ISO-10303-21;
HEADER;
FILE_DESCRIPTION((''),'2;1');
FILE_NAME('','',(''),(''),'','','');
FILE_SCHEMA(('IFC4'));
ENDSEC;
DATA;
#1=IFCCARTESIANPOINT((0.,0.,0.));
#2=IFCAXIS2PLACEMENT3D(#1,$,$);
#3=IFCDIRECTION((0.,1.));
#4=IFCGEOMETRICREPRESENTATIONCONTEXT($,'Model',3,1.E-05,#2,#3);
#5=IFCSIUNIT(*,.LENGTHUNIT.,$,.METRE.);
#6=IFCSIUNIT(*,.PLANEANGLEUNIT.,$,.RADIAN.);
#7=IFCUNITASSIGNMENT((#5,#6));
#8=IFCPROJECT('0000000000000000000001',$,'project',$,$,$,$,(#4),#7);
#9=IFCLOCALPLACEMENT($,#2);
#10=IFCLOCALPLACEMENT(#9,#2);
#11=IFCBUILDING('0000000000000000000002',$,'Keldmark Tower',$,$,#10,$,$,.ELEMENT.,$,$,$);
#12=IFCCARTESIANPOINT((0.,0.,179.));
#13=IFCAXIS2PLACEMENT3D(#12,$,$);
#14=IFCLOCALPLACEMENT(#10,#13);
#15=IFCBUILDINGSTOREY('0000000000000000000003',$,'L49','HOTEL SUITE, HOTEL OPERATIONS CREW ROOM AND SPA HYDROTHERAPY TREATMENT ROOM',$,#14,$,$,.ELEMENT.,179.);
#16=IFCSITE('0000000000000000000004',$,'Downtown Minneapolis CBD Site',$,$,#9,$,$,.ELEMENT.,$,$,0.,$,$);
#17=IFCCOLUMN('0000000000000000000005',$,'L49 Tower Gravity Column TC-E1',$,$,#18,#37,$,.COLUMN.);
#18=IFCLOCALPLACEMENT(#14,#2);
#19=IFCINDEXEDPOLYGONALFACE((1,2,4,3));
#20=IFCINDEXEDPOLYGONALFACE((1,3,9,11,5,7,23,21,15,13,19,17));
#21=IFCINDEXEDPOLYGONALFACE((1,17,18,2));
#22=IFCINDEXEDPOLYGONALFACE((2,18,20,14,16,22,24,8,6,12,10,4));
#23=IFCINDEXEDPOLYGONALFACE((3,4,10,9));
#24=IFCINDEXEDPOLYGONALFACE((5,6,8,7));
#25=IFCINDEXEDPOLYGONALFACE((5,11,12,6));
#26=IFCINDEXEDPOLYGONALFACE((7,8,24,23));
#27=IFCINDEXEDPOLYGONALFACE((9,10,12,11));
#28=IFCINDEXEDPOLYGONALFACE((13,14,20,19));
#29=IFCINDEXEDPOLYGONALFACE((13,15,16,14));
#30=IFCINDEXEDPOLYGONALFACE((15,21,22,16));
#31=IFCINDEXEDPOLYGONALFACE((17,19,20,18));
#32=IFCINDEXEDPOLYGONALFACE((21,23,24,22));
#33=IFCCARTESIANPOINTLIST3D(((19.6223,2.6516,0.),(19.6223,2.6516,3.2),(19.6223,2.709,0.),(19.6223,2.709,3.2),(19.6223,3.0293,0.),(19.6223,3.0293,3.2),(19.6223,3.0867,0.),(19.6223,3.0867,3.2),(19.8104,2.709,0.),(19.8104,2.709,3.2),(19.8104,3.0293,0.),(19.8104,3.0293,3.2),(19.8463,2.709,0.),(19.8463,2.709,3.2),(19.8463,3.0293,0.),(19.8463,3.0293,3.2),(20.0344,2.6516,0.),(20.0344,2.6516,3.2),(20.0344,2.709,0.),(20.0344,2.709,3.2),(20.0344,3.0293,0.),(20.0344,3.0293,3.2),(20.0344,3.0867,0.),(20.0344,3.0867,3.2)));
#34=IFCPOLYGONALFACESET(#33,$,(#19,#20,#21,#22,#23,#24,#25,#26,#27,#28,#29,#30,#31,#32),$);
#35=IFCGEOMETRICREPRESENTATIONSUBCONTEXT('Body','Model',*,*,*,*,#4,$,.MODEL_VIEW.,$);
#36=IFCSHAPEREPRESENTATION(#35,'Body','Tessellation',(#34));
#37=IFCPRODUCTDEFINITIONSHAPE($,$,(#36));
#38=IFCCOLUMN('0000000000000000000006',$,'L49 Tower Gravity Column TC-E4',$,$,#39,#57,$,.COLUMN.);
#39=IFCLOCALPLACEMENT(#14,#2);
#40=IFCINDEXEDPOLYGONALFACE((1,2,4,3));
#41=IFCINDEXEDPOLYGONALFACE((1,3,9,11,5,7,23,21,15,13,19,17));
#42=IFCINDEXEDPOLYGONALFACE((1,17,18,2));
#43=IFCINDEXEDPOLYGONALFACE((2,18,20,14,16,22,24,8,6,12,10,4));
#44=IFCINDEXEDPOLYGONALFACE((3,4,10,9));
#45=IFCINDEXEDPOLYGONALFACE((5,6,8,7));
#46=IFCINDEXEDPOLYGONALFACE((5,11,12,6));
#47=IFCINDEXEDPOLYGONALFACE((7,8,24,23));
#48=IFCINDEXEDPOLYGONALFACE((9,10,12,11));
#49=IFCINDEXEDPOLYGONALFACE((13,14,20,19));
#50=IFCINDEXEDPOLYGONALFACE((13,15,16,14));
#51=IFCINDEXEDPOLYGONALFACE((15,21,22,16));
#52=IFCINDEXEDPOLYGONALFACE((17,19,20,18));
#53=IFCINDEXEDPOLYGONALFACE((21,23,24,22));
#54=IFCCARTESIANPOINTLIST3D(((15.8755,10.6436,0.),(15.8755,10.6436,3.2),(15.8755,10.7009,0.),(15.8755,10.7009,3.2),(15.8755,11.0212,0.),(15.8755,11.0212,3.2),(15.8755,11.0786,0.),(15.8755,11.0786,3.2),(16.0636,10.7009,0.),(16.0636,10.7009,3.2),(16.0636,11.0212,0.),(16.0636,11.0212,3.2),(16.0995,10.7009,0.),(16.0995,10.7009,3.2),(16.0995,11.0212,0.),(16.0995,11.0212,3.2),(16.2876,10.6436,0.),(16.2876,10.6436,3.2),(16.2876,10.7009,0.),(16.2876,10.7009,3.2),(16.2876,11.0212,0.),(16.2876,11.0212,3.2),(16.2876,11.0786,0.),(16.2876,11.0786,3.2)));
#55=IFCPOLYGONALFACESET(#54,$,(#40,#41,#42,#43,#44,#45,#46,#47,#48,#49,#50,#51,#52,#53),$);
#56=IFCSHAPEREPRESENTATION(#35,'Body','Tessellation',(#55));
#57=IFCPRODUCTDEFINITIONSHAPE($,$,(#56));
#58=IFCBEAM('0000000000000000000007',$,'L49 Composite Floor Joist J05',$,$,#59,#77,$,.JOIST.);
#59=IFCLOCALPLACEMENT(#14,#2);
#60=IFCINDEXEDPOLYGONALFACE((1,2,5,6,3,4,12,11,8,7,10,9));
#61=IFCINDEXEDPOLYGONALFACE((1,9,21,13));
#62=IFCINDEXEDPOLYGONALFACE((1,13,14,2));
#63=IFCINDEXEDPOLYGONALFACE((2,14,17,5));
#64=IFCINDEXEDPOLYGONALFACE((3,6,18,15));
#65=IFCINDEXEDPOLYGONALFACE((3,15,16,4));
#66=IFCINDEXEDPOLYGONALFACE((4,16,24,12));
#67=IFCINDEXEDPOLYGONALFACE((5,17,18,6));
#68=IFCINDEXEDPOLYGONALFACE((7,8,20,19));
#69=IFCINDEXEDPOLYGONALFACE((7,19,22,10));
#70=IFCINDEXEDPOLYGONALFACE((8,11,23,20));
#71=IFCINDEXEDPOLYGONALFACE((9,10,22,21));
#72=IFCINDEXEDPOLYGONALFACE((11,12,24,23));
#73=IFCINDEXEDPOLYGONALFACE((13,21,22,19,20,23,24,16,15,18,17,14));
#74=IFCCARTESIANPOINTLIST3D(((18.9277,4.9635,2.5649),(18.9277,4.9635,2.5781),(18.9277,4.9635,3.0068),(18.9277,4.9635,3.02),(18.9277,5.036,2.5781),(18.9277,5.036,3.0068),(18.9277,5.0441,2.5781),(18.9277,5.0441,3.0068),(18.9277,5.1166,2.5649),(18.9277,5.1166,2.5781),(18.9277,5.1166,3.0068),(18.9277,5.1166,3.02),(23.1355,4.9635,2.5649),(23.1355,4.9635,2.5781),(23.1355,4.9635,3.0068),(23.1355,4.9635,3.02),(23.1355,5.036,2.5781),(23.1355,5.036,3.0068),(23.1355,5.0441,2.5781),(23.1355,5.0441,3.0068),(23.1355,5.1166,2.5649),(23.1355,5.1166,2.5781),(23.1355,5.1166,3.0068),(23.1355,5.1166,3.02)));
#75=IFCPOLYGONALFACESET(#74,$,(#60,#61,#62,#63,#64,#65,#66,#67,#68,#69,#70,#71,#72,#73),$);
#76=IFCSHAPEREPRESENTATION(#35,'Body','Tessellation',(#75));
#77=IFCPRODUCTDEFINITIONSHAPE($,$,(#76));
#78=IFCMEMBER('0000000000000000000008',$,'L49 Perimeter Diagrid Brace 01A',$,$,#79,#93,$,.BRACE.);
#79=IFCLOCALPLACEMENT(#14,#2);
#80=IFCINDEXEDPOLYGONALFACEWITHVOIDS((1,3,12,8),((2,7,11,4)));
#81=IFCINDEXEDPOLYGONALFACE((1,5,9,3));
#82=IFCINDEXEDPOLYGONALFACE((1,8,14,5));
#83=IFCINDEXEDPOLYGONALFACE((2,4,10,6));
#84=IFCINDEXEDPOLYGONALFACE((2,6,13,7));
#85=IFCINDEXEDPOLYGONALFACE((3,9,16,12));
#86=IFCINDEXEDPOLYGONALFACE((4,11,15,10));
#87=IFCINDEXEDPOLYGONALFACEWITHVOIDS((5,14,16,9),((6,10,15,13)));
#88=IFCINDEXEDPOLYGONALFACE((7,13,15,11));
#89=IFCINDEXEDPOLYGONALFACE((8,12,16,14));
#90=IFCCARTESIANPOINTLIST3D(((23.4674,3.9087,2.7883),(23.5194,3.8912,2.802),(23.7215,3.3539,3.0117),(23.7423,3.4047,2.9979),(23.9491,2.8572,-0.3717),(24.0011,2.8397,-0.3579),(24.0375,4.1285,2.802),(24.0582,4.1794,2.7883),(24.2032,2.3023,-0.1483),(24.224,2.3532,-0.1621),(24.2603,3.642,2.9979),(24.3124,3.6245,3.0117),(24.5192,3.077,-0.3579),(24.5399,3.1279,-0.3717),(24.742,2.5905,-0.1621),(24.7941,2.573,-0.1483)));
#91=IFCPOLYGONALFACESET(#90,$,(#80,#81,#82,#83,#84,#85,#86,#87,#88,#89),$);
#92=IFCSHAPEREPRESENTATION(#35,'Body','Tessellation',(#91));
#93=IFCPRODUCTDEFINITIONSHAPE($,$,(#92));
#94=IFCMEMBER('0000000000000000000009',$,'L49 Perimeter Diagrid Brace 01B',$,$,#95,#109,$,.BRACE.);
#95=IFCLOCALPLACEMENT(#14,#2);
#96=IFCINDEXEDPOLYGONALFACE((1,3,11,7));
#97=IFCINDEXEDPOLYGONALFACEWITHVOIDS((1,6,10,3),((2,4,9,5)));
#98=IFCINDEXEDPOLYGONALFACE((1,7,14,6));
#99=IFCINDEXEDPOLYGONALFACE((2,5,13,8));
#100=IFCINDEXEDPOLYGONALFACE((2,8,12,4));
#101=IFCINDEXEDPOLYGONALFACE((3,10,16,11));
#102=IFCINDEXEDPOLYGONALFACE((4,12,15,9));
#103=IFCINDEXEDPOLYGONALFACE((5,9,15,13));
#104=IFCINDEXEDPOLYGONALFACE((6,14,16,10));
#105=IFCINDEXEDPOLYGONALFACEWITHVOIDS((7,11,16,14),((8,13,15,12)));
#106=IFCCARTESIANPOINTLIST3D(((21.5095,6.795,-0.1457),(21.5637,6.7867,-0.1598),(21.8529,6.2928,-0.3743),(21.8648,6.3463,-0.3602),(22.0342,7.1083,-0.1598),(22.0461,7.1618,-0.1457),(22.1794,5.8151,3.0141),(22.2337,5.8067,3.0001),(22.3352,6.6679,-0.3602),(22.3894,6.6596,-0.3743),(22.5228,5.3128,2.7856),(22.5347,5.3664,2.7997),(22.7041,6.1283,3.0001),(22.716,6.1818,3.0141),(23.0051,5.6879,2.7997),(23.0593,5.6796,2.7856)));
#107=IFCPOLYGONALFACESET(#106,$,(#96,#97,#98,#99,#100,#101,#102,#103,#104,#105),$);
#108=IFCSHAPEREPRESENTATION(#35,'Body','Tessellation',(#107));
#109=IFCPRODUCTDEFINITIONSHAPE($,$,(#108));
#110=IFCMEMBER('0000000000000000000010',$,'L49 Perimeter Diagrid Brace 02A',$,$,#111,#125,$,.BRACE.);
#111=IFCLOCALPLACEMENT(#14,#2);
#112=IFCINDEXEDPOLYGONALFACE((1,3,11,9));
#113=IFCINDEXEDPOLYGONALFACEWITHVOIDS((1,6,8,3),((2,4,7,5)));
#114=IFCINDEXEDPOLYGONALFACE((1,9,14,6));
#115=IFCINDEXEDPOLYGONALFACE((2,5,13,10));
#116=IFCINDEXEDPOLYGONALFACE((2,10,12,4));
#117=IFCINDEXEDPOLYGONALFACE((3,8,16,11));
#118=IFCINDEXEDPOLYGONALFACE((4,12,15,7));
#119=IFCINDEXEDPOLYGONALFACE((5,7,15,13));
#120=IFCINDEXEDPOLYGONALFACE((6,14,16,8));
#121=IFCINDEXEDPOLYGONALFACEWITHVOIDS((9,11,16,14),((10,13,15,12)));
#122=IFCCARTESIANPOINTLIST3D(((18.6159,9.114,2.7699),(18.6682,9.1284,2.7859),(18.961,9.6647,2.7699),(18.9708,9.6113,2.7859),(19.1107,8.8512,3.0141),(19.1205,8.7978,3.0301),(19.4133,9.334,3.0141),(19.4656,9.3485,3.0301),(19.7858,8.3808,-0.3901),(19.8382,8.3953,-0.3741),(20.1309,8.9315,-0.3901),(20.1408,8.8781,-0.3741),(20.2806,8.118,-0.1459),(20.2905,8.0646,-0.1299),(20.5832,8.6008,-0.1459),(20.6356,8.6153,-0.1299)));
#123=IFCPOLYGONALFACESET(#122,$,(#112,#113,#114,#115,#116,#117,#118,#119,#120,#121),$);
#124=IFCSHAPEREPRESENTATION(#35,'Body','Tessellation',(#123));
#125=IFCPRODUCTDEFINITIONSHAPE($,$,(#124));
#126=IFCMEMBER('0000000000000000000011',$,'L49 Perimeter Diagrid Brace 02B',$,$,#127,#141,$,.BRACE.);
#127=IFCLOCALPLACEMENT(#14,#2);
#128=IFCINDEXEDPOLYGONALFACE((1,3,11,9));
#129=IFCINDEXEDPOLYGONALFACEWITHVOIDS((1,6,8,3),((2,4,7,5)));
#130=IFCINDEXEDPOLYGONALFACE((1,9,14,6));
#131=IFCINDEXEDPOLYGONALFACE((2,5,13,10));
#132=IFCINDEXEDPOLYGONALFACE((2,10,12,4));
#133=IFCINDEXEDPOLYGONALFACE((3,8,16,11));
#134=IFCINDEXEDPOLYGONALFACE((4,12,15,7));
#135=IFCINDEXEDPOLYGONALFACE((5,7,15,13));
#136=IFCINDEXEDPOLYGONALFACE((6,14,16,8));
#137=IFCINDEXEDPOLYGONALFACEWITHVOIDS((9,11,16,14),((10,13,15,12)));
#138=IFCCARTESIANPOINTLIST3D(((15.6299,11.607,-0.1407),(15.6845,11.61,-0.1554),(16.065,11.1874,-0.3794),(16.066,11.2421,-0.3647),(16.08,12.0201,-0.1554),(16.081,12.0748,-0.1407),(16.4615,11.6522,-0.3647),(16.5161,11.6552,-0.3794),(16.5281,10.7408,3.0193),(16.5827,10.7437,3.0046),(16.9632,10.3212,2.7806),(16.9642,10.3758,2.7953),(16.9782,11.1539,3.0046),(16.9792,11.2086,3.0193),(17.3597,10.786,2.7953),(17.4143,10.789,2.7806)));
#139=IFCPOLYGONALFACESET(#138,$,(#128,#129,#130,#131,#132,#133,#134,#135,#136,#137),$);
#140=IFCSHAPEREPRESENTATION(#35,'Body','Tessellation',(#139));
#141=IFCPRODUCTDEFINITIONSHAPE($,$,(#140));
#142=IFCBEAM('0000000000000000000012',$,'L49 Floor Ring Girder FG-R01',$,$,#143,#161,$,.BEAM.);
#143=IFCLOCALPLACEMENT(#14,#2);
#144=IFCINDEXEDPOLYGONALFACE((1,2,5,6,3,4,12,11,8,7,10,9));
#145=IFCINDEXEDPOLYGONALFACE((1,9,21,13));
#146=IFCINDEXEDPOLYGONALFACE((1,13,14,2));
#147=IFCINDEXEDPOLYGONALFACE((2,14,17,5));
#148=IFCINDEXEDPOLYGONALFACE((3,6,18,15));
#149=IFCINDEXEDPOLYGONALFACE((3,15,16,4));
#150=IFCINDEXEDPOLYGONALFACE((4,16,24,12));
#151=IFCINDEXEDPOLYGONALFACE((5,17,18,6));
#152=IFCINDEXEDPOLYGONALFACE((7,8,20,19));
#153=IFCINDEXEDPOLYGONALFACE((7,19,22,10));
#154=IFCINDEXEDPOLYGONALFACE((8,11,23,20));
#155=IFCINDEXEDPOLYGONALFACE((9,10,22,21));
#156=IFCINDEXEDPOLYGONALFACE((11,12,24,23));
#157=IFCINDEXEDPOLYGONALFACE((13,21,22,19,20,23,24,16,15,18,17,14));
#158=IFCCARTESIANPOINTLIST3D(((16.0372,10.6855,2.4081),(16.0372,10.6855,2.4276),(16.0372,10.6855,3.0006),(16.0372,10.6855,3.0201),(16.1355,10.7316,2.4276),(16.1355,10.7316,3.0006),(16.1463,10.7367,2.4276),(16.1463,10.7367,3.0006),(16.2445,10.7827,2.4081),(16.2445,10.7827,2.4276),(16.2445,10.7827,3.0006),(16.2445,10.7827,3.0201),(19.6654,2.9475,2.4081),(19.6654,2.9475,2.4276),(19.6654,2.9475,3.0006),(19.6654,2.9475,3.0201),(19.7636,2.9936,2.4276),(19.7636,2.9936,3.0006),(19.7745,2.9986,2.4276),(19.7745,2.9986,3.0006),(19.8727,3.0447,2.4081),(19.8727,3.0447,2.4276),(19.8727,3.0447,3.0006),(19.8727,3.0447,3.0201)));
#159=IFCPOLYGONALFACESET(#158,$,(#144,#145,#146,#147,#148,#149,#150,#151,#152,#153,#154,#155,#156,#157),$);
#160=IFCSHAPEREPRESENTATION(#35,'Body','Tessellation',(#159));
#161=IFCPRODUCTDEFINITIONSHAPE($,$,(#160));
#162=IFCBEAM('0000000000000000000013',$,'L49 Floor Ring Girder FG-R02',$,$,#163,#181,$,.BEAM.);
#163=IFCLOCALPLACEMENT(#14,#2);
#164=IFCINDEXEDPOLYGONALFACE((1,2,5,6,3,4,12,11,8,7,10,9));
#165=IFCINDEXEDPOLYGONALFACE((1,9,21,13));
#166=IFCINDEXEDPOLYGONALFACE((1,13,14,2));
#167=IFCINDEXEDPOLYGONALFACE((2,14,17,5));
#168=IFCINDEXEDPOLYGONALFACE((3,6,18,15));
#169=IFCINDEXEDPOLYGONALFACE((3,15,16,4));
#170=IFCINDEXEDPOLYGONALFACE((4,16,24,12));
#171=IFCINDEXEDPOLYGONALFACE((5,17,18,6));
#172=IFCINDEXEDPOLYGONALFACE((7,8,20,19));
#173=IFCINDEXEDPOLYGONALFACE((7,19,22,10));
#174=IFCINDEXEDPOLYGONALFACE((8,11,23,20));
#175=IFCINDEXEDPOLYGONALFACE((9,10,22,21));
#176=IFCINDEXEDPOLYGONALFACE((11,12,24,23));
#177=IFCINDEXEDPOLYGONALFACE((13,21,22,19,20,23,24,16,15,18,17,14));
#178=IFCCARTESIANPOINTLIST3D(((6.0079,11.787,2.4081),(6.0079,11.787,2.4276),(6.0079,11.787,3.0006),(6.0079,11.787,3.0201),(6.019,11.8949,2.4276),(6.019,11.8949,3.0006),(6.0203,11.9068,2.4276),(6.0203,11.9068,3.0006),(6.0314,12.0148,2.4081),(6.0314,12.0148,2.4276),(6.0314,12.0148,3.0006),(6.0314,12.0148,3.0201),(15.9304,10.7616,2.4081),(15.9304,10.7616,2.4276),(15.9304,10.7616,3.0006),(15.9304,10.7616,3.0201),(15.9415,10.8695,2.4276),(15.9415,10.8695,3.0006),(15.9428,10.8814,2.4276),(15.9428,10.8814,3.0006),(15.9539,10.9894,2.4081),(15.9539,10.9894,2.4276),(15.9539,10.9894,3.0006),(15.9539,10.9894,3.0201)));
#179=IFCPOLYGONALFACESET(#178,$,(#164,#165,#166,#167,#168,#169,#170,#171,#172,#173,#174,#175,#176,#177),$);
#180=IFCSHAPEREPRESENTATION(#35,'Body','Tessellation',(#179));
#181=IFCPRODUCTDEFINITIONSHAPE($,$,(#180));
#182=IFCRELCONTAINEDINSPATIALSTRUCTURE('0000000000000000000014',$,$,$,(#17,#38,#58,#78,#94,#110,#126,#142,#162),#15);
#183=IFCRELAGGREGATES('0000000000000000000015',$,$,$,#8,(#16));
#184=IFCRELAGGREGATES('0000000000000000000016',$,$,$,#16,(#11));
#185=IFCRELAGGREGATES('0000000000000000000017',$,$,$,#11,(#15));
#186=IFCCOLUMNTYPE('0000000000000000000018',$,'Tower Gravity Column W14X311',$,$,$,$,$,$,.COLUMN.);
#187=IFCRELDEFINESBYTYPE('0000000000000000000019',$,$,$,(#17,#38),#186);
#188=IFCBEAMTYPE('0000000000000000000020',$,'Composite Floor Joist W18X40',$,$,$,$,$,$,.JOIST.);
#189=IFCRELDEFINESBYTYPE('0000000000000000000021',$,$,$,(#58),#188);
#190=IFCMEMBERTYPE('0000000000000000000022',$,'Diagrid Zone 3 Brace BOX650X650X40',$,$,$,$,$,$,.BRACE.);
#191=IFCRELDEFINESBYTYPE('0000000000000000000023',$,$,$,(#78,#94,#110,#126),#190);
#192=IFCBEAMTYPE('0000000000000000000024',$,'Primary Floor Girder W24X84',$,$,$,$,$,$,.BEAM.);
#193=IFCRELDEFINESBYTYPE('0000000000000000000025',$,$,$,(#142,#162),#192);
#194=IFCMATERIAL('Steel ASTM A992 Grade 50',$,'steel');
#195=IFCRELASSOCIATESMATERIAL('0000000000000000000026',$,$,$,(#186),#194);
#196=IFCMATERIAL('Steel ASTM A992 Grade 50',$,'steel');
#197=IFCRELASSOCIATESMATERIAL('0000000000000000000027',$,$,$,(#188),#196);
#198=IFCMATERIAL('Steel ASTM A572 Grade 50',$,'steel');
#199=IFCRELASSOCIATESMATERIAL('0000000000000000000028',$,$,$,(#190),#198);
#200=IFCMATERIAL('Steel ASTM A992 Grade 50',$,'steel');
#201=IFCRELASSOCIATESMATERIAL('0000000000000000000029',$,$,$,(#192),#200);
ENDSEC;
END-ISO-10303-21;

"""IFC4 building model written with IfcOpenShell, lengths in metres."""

from ifc_helpers import new_model, si_unit, direction, frame, origin, origin_2d, place, context, subcontext, project, spatial, hollow_rectangle, i_section, extrude, material, material_profile, profile_set, type_object, element, save


model = new_model("IFC4")

# Units and contexts
model_context = context("Model", 3, precision=1e-05, world=origin(), true_north=direction((0.0, 1.0)))
body_context = subcontext(model_context, "Body", "Model", "MODEL_VIEW")
ifc_project = project(units=[si_unit("LENGTHUNIT", "METRE"), si_unit("PLANEANGLEUNIT", "RADIAN")], contexts=[model_context])

# Site, building, storey
site_placement = place(None, origin())
site = spatial("IfcSite", under=ifc_project, at=site_placement, Name="Downtown Minneapolis CBD Site", CompositionType="ELEMENT", RefElevation=0.0)
building_placement = place(site_placement, origin())
building = spatial("IfcBuilding", under=site, at=building_placement, Name="Keldmark Tower", CompositionType="ELEMENT")
storey_placement = place(building_placement, frame((0.0, 0.0, 179.0)))
storey = spatial("IfcBuildingStorey", under=building, at=storey_placement, Name="L49", Description="HOTEL SUITE, HOTEL OPERATIONS CREW ROOM AND SPA HYDROTHERAPY TREATMENT ROOM", CompositionType="ELEMENT", Elevation=179.0)

# Columns
ifc_material_1 = material(Name="Steel ASTM A992 Grade 50", Category="steel")
ifc_material_profile_1 = material_profile(ifc_material_1, i_section(OverallWidth=0.4121, OverallDepth=0.4351, WebThickness=0.0359, FlangeThickness=0.0574, at=origin_2d()), Name="W14X311")
ifc_profile_set_1 = profile_set([ifc_material_profile_1], Name="Steel ASTM A992 Grade 50")
column_type = type_object("IfcColumnType", Name="Tower Gravity Column W14X311", PredefinedType="COLUMN", material=ifc_profile_set_1)
for number, where, z_axis, x_axis, name in (
    (1, (19.8284, 2.8691, 0.0), (0.0, 0.0, 1.0), (1.0, 0.0, 0.0), "L49 Tower Gravity Column TC-E1"),
    (2, (16.0815, 10.8611, 0.0), (0.0, 0.0, 1.0), (1.0, 0.0, 0.0), "L49 Tower Gravity Column TC-E4"),
):
    element("IfcColumn", number, at=place(storey_placement, frame(where, z_axis=z_axis, x_axis=x_axis)), inside=storey, type_object=column_type, Name=name, PredefinedType="COLUMN", context=body_context, shape_type="SweptSolid", body=[
        extrude(i_section(OverallWidth=0.4121, OverallDepth=0.4351, WebThickness=0.0359, FlangeThickness=0.0574, at=origin_2d()), origin(), (0.0, 0.0, 1.0), 3.2),
    ])

# Beam
ifc_material_2 = material(Name="Steel ASTM A992 Grade 50", Category="steel")
ifc_material_profile_2 = material_profile(ifc_material_2, i_section(OverallWidth=0.1531, OverallDepth=0.4551, WebThickness=0.0081, FlangeThickness=0.0132, at=origin_2d()), Name="W18X40")
ifc_profile_set_2 = profile_set([ifc_material_profile_2], Name="Steel ASTM A992 Grade 50")
beam_type_1 = type_object("IfcBeamType", Name="Composite Floor Joist W18X40", PredefinedType="JOIST", material=ifc_profile_set_2)
beam_1_placement = place(storey_placement, frame((18.9277, 5.04, 2.7925), z_axis=(1.0, 0.0, 0.0), x_axis=(0.0, 1.0, 0.0)))
element("IfcBeam", 3, at=beam_1_placement, inside=storey, type_object=beam_type_1, Name="L49 Composite Floor Joist J05", PredefinedType="JOIST", context=body_context, shape_type="SweptSolid", body=[
    extrude(i_section(OverallWidth=0.1531, OverallDepth=0.4551, WebThickness=0.0081, FlangeThickness=0.0132, at=origin_2d()), origin(), (0.0, 0.0, 1.0), 4.2078),
])

# Members
ifc_material_3 = material(Name="Steel ASTM A572 Grade 50", Category="steel")
ifc_material_profile_3 = material_profile(ifc_material_3, hollow_rectangle(XDim=0.6499, YDim=0.6499, WallThickness=0.04, at=origin_2d()), Name="BOX650X650X40")
ifc_profile_set_3 = profile_set([ifc_material_profile_3], Name="Steel ASTM A572 Grade 50")
member_type = type_object("IfcMemberType", Name="Diagrid Zone 3 Brace BOX650X650X40", PredefinedType="BRACE", material=ifc_profile_set_3)
member_1_placement = place(storey_placement, frame((24.3716, 2.7151, -0.26), z_axis=(-0.14315, 0.312492, 0.939072), x_axis=(-0.909148, -0.416473, 0.0)))
element("IfcMember", 4, at=member_1_placement, inside=storey, type_object=member_type, Name="L49 Perimeter Diagrid Brace 01A", PredefinedType="BRACE", context=body_context, shape_type="SweptSolid", body=[
    extrude(hollow_rectangle(XDim=0.6499, YDim=0.6499, WallThickness=0.04, at=origin_2d()), origin(), (0.0, 0.0, 1.0), 3.365),
])
member_2_placement = place(storey_placement, frame((21.9495, 6.7273, -0.26), z_axis=(0.198464, -0.290319, 0.936123), x_axis=(0.825539, 0.564345, 0.0)))
element("IfcMember", 5, at=member_2_placement, inside=storey, type_object=member_type, Name="L49 Perimeter Diagrid Brace 01B", PredefinedType="BRACE", context=body_context, shape_type="SweptSolid", body=[
    extrude(hollow_rectangle(XDim=0.6499, YDim=0.6499, WallThickness=0.04, at=origin_2d()), origin(), (0.0, 0.0, 1.0), 3.3755),
])
member_3_placement = place(storey_placement, frame((20.2107, 8.498, -0.26), z_axis=(-0.339268, 0.212609, 0.916349), x_axis=(-0.531016, -0.847362, 0.0)))
element("IfcMember", 6, at=member_3_placement, inside=storey, type_object=member_type, Name="L49 Perimeter Diagrid Brace 02A", PredefinedType="BRACE", context=body_context, shape_type="SweptSolid", body=[
    extrude(hollow_rectangle(XDim=0.6499, YDim=0.6499, WallThickness=0.04, at=origin_2d()), origin(), (0.0, 0.0, 1.0), 3.4485),
])
member_4_placement = place(storey_placement, frame((16.073, 11.6311, -0.26), z_axis=(0.264379, -0.254965, 0.930106), x_axis=(0.694175, 0.719806, 0.0)))
element("IfcMember", 7, at=member_4_placement, inside=storey, type_object=member_type, Name="L49 Perimeter Diagrid Brace 02B", PredefinedType="BRACE", context=body_context, shape_type="SweptSolid", body=[
    extrude(hollow_rectangle(XDim=0.6499, YDim=0.6499, WallThickness=0.04, at=origin_2d()), origin(), (0.0, 0.0, 1.0), 3.3975),
])

# Beams
ifc_material_4 = material(Name="Steel ASTM A992 Grade 50", Category="steel")
ifc_material_profile_4 = material_profile(ifc_material_4, i_section(OverallWidth=0.229, OverallDepth=0.6121, WebThickness=0.012, FlangeThickness=0.0195, at=origin_2d()), Name="W24X84")
ifc_profile_set_4 = profile_set([ifc_material_profile_4], Name="Steel ASTM A992 Grade 50")
beam_type_2 = type_object("IfcBeamType", Name="Primary Floor Girder W24X84", PredefinedType="BEAM", material=ifc_profile_set_4)
beam_2_placement = place(storey_placement, frame((19.769, 2.9961, 2.7141), z_axis=(-0.424527, 0.905415, 0.0), x_axis=(-0.905415, -0.424527, 0.0)))
element("IfcBeam", 8, at=beam_2_placement, inside=storey, type_object=beam_type_2, Name="L49 Floor Ring Girder FG-R01", PredefinedType="BEAM", context=body_context, shape_type="SweptSolid", body=[
    extrude(i_section(OverallWidth=0.229, OverallDepth=0.6121, WebThickness=0.012, FlangeThickness=0.0195, at=origin_2d()), origin(), (0.0, 0.0, 1.0), 8.5464),
])
beam_3_placement = place(storey_placement, frame((15.9421, 10.8755, 2.7141), z_axis=(-0.994703, 0.102791, 0.0), x_axis=(-0.102791, -0.994703, 0.0)))
element("IfcBeam", 9, at=beam_3_placement, inside=storey, type_object=beam_type_2, Name="L49 Floor Ring Girder FG-R02", PredefinedType="BEAM", context=body_context, shape_type="SweptSolid", body=[
    extrude(i_section(OverallWidth=0.229, OverallDepth=0.6121, WebThickness=0.012, FlangeThickness=0.0195, at=origin_2d()), origin(), (0.0, 0.0, 1.0), 9.9753),
])

save(model, "model.ifc")
